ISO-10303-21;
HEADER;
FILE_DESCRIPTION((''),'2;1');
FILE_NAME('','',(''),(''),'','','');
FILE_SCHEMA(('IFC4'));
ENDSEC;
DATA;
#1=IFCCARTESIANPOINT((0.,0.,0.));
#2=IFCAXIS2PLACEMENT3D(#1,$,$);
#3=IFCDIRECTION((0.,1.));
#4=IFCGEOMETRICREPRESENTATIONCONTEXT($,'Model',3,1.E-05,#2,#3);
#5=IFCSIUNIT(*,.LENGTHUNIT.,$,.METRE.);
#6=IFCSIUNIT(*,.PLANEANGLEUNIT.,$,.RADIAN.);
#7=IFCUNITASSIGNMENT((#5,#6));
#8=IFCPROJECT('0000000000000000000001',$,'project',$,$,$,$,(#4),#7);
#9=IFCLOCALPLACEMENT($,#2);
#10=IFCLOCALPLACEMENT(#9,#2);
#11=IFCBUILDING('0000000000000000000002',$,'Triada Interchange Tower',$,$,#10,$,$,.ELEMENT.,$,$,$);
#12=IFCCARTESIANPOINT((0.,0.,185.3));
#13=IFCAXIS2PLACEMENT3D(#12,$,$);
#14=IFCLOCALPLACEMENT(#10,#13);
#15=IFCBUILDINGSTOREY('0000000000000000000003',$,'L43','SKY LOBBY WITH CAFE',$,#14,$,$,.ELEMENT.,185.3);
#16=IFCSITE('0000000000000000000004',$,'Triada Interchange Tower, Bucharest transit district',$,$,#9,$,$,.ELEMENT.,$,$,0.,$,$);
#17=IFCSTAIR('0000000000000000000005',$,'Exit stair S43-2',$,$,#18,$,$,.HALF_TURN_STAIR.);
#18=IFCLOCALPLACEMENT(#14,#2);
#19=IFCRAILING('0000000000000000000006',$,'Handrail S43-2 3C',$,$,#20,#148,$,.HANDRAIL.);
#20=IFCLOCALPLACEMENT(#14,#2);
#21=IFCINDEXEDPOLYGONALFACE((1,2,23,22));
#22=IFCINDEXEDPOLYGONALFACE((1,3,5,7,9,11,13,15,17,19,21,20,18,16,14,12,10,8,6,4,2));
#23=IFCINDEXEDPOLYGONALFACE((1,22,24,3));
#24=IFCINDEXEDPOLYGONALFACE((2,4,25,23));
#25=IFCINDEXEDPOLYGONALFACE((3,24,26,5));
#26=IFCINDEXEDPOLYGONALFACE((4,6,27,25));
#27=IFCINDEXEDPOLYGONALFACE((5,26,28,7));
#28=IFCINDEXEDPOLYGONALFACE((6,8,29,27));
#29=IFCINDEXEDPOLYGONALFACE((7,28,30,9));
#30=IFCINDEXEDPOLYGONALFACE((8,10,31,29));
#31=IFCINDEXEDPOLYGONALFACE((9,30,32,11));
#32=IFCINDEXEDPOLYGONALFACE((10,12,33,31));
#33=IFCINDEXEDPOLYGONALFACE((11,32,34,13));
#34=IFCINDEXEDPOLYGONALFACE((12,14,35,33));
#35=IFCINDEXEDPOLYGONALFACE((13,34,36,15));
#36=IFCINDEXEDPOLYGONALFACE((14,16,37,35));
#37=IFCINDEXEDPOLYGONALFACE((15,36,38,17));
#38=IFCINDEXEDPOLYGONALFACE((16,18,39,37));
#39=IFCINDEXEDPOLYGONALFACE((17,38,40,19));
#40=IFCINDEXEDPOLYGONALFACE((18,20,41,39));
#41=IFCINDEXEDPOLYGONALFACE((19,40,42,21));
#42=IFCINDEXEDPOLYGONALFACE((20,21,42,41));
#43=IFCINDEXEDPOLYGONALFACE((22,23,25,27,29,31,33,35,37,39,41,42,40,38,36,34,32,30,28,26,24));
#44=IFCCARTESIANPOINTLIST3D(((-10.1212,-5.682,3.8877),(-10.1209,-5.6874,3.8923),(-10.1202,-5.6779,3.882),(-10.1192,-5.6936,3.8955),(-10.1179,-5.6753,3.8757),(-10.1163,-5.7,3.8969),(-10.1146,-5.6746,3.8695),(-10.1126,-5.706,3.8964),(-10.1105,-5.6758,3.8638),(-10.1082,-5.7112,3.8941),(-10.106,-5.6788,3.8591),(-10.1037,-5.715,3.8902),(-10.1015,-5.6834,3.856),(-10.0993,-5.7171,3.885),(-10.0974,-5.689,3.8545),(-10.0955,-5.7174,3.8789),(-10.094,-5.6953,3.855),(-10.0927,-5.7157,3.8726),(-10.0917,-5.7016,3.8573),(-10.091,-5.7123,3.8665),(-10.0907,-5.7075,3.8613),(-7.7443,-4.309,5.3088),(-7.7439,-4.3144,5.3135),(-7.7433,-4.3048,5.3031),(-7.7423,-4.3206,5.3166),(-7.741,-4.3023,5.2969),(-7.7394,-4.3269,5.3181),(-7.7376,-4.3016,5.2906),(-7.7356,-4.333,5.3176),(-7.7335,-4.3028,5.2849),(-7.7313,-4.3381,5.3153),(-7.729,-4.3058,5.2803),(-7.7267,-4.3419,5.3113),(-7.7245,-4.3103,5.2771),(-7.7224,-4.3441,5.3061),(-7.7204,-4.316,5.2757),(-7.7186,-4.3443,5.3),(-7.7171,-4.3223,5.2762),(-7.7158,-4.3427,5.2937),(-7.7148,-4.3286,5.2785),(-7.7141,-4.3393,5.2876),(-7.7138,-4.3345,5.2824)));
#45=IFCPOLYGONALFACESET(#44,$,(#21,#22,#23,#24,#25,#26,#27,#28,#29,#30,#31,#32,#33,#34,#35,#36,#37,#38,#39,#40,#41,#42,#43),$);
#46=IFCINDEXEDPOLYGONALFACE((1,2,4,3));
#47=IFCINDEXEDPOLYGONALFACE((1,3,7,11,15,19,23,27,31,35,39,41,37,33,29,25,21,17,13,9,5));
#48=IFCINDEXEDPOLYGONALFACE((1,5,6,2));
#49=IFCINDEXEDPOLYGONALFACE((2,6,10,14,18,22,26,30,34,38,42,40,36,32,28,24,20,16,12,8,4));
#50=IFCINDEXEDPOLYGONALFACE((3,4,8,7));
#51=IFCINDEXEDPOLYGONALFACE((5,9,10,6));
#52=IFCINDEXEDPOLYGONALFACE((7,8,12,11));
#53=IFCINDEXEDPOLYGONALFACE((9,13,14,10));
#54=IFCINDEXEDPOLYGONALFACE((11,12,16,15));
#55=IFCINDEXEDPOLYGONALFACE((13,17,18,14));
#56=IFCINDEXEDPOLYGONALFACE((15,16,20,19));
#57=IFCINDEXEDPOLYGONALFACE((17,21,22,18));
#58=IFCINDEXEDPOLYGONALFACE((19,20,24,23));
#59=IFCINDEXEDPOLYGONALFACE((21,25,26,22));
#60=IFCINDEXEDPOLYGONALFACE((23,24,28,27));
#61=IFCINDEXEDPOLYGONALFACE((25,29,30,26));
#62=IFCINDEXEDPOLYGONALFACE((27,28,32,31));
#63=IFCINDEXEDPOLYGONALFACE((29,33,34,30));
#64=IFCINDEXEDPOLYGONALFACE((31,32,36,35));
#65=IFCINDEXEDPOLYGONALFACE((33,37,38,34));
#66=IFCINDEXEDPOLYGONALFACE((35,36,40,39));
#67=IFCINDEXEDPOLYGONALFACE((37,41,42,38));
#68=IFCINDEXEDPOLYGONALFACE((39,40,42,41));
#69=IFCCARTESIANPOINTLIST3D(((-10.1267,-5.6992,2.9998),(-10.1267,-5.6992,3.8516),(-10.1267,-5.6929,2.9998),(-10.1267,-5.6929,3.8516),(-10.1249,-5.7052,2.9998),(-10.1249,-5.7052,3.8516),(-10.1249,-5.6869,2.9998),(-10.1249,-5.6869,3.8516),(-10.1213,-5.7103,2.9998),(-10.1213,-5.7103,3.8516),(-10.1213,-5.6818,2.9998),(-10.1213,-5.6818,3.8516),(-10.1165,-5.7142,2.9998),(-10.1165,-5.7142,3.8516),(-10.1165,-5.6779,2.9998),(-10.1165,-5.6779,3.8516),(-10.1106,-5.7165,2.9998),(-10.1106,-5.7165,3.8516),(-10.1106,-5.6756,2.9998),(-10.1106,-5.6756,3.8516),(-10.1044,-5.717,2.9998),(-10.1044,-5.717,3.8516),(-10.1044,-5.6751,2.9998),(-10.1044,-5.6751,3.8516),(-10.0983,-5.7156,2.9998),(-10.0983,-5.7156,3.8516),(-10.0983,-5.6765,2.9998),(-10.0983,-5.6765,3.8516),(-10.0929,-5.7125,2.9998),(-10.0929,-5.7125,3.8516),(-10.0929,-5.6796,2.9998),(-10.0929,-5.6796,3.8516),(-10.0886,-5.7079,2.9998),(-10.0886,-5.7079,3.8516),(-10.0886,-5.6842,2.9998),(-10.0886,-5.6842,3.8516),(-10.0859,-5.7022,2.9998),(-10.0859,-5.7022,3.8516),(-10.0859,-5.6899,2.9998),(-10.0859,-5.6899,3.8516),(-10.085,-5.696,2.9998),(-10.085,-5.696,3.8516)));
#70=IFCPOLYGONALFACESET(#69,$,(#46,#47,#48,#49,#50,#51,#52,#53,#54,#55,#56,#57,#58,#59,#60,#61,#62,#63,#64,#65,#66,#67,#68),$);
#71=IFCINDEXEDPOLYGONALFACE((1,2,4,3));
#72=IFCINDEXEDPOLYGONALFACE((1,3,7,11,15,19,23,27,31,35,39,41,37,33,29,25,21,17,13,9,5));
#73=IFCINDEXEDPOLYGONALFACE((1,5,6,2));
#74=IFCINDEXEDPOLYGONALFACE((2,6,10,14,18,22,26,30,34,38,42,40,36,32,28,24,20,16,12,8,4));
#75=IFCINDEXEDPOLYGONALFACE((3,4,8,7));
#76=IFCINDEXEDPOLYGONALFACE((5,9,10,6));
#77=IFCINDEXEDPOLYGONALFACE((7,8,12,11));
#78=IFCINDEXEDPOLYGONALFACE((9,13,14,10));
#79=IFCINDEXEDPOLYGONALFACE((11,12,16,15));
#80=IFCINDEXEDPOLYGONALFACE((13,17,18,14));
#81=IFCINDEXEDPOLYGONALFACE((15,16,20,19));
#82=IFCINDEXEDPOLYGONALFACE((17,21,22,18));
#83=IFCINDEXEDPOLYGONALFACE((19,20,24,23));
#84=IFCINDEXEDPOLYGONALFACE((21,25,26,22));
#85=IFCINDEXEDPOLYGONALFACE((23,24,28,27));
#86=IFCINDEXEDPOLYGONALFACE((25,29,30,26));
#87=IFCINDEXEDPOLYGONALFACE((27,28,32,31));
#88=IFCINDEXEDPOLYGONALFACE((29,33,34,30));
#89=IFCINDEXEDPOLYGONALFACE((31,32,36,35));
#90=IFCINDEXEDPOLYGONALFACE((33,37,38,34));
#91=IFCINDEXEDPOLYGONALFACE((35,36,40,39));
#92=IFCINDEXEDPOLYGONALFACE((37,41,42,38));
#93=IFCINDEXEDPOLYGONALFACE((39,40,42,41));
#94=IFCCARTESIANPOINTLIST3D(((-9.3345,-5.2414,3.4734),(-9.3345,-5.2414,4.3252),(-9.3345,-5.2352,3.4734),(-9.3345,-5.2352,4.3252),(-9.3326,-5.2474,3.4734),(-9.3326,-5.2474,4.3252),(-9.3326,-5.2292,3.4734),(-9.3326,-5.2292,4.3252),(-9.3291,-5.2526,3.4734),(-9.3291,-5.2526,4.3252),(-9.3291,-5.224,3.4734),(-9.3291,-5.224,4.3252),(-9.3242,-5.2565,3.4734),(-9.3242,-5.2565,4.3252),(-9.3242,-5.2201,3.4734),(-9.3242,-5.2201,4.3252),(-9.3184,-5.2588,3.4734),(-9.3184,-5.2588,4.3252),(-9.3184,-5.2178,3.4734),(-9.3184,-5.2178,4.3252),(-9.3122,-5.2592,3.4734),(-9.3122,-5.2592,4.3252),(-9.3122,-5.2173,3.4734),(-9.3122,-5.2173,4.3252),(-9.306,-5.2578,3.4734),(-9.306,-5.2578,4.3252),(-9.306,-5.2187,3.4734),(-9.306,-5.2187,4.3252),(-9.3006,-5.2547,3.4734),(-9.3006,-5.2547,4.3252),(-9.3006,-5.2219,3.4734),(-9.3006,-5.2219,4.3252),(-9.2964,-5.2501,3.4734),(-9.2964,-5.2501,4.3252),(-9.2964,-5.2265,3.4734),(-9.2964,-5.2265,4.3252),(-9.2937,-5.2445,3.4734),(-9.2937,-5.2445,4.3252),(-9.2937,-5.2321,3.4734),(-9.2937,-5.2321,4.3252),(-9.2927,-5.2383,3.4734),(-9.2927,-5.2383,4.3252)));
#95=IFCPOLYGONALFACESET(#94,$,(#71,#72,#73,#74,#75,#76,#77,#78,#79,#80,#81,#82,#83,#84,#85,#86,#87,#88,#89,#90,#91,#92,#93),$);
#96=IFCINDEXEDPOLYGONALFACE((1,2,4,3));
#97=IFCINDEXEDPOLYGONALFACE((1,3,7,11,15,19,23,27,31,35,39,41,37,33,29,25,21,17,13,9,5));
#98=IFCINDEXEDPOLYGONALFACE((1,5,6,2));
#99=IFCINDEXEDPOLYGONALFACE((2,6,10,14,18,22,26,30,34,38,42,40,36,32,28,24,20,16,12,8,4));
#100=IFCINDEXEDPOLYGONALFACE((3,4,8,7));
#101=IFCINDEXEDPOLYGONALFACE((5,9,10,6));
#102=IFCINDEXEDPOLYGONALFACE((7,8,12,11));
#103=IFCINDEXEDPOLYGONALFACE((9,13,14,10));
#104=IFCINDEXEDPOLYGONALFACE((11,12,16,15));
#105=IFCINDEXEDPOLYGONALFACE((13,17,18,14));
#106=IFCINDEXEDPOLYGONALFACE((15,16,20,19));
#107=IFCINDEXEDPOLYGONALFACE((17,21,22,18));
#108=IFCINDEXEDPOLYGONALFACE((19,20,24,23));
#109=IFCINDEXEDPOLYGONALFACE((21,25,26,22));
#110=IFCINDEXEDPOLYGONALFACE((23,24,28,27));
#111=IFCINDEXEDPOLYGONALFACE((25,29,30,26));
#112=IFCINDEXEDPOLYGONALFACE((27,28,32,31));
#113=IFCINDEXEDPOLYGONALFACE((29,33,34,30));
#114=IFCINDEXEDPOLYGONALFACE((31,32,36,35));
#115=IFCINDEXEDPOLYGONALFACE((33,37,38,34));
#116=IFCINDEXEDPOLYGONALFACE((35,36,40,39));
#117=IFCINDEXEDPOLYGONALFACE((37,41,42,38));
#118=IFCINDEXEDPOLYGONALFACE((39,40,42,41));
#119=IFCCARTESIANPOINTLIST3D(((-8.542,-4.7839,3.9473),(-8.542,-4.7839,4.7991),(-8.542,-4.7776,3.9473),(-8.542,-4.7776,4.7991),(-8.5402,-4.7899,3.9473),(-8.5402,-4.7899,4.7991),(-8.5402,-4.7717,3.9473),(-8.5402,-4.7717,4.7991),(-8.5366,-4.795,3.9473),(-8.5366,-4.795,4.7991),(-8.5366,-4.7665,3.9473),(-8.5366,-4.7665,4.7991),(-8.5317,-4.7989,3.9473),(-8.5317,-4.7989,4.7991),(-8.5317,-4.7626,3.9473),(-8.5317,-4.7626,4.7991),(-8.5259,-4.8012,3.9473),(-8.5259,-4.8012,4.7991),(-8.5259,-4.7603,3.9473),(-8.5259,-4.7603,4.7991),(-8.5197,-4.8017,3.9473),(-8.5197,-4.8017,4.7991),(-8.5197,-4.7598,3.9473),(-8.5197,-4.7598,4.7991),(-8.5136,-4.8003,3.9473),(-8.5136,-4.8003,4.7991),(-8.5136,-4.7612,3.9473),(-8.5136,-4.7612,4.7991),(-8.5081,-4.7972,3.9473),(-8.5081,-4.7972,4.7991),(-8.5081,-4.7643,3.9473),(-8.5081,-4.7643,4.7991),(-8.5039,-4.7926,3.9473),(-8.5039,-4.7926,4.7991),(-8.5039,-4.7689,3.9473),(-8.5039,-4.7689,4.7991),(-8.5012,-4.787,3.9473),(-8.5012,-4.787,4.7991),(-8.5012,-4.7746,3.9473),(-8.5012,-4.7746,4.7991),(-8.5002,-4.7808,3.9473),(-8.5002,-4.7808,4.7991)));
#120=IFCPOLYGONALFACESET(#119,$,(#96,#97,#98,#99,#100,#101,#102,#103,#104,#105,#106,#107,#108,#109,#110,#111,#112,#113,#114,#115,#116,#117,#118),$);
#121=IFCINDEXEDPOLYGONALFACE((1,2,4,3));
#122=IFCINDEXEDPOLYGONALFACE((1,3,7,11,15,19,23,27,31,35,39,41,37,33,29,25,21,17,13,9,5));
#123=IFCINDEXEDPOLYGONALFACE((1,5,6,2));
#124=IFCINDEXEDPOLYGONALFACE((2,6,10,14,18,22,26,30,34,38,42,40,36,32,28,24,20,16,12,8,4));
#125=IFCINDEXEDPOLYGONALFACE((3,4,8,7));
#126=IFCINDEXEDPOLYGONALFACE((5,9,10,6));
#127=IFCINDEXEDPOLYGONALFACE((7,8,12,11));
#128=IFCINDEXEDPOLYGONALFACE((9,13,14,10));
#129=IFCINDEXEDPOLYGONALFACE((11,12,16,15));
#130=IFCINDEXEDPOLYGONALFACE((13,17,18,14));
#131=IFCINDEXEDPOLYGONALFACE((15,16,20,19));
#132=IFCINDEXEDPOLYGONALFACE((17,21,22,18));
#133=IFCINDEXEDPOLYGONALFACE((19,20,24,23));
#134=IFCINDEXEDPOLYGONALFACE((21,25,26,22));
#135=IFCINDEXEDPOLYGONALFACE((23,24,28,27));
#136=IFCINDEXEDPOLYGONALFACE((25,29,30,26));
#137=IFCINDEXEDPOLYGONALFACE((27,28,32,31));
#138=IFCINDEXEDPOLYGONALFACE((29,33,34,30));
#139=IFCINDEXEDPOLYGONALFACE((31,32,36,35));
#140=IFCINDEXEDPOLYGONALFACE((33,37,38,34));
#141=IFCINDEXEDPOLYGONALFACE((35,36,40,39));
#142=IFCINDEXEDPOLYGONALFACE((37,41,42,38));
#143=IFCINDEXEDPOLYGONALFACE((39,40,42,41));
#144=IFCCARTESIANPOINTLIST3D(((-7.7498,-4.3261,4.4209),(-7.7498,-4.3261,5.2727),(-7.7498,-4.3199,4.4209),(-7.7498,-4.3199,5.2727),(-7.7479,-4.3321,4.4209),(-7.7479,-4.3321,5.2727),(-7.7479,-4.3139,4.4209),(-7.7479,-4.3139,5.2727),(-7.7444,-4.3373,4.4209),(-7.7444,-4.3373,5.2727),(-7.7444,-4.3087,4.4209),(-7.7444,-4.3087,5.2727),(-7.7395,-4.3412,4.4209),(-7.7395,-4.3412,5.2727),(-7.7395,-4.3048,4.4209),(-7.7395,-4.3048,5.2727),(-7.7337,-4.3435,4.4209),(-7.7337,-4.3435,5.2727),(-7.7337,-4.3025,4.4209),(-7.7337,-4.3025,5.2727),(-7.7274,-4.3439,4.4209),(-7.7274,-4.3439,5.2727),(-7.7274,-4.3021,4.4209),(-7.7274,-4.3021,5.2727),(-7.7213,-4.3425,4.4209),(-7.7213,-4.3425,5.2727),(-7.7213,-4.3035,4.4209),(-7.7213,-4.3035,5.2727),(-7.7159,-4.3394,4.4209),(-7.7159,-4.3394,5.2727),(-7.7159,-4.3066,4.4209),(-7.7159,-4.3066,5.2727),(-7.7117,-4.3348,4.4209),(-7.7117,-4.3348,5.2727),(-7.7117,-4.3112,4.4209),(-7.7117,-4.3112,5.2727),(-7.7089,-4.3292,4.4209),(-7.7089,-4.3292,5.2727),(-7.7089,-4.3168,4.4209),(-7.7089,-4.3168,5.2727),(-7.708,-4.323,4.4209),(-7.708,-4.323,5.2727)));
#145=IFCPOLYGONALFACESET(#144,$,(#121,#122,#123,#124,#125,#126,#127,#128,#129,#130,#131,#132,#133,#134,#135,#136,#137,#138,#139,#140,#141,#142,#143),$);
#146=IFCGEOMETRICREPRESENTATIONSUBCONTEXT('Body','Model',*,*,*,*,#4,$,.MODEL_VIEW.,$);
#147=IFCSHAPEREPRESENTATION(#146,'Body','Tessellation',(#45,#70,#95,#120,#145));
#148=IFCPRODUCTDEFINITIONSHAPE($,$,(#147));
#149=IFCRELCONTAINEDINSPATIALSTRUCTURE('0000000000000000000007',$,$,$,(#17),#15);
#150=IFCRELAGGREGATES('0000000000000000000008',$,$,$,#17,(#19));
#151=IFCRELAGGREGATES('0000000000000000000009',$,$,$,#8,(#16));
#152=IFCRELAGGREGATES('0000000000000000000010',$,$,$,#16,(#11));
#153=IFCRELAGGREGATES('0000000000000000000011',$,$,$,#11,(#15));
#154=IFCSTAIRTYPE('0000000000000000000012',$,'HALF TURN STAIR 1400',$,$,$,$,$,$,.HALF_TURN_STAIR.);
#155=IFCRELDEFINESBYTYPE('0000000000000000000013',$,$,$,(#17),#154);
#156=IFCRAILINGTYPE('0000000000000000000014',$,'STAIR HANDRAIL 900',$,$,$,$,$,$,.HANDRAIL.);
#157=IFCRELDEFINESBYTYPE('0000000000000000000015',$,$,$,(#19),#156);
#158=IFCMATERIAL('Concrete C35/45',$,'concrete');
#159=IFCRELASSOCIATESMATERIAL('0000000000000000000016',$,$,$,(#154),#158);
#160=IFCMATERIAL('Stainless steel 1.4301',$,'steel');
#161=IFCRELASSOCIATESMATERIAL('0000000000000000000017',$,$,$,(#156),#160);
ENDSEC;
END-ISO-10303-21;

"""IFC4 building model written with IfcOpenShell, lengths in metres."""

from ifc_helpers import new_model, si_unit, direction, frame, origin, origin_2d, place, context, subcontext, project, spatial, circle, extrude, material, type_object, element, aggregate, save


model = new_model("IFC4")

# Units and contexts
model_context = context("Model", 3, precision=1e-05, world=origin(), true_north=direction((0.0, 1.0)))
body_context = subcontext(model_context, "Body", "Model", "MODEL_VIEW")
ifc_project = project(units=[si_unit("LENGTHUNIT", "METRE"), si_unit("PLANEANGLEUNIT", "RADIAN")], contexts=[model_context])

# Site, building, storey
site_placement = place(None, origin())
site = spatial("IfcSite", under=ifc_project, at=site_placement, Name="Triada Interchange Tower, Bucharest transit district", CompositionType="ELEMENT", RefElevation=0.0)
building_placement = place(site_placement, origin())
building = spatial("IfcBuilding", under=site, at=building_placement, Name="Triada Interchange Tower", CompositionType="ELEMENT")
storey_placement = place(building_placement, frame((0.0, 0.0, 185.3)))
storey = spatial("IfcBuildingStorey", under=building, at=storey_placement, Name="L43", Description="SKY LOBBY WITH CAFE", CompositionType="ELEMENT", Elevation=185.3)

# Stair
ifc_material_1 = material(Name="Concrete C35/45", Category="concrete")
stair_type = type_object("IfcStairType", Name="HALF TURN STAIR 1400", PredefinedType="HALF_TURN_STAIR", material=ifc_material_1)
stair_placement = place(storey_placement, origin())
stair = element("IfcStair", 1, at=stair_placement, inside=storey, type_object=stair_type, Name="Exit stair S43-2", PredefinedType="HALF_TURN_STAIR")

# Railing
ifc_material_2 = material(Name="Stainless steel 1.4301", Category="steel")
railing_type = type_object("IfcRailingType", Name="STAIR HANDRAIL 900", PredefinedType="HANDRAIL", material=ifc_material_2)
railing_1_placement = place(storey_placement, frame((-10.106, -5.696, 2.9998)))
railing_1 = element("IfcRailing", 2, at=railing_1_placement, type_object=railing_type, Name="Handrail S43-2 3C", PredefinedType="HANDRAIL", context=body_context, shape_type="SweptSolid", body=[
    extrude(circle(Radius=0.0239, at=origin_2d()), frame((0.0, 0.0, 0.876), z_axis=(0.76897, 0.444196, 0.459755), x_axis=(-0.500195, 0.865913, 0.0)), (0.0, 0.0, 1.0), 3.0911),
    extrude(circle(Radius=0.021, at=origin_2d()), origin(), (0.0, 0.0, 1.0), 0.8518),
    extrude(circle(Radius=0.021, at=origin_2d()), frame((0.7922, 0.4578, 0.4736)), (0.0, 0.0, 1.0), 0.8518),
    extrude(circle(Radius=0.021, at=origin_2d()), frame((1.5847, 0.9153, 0.9475)), (0.0, 0.0, 1.0), 0.8518),
    extrude(circle(Radius=0.021, at=origin_2d()), frame((2.377, 1.373, 1.4211)), (0.0, 0.0, 1.0), 0.8518),
])
aggregate(stair, [railing_1])

save(model, "model.ifc")
